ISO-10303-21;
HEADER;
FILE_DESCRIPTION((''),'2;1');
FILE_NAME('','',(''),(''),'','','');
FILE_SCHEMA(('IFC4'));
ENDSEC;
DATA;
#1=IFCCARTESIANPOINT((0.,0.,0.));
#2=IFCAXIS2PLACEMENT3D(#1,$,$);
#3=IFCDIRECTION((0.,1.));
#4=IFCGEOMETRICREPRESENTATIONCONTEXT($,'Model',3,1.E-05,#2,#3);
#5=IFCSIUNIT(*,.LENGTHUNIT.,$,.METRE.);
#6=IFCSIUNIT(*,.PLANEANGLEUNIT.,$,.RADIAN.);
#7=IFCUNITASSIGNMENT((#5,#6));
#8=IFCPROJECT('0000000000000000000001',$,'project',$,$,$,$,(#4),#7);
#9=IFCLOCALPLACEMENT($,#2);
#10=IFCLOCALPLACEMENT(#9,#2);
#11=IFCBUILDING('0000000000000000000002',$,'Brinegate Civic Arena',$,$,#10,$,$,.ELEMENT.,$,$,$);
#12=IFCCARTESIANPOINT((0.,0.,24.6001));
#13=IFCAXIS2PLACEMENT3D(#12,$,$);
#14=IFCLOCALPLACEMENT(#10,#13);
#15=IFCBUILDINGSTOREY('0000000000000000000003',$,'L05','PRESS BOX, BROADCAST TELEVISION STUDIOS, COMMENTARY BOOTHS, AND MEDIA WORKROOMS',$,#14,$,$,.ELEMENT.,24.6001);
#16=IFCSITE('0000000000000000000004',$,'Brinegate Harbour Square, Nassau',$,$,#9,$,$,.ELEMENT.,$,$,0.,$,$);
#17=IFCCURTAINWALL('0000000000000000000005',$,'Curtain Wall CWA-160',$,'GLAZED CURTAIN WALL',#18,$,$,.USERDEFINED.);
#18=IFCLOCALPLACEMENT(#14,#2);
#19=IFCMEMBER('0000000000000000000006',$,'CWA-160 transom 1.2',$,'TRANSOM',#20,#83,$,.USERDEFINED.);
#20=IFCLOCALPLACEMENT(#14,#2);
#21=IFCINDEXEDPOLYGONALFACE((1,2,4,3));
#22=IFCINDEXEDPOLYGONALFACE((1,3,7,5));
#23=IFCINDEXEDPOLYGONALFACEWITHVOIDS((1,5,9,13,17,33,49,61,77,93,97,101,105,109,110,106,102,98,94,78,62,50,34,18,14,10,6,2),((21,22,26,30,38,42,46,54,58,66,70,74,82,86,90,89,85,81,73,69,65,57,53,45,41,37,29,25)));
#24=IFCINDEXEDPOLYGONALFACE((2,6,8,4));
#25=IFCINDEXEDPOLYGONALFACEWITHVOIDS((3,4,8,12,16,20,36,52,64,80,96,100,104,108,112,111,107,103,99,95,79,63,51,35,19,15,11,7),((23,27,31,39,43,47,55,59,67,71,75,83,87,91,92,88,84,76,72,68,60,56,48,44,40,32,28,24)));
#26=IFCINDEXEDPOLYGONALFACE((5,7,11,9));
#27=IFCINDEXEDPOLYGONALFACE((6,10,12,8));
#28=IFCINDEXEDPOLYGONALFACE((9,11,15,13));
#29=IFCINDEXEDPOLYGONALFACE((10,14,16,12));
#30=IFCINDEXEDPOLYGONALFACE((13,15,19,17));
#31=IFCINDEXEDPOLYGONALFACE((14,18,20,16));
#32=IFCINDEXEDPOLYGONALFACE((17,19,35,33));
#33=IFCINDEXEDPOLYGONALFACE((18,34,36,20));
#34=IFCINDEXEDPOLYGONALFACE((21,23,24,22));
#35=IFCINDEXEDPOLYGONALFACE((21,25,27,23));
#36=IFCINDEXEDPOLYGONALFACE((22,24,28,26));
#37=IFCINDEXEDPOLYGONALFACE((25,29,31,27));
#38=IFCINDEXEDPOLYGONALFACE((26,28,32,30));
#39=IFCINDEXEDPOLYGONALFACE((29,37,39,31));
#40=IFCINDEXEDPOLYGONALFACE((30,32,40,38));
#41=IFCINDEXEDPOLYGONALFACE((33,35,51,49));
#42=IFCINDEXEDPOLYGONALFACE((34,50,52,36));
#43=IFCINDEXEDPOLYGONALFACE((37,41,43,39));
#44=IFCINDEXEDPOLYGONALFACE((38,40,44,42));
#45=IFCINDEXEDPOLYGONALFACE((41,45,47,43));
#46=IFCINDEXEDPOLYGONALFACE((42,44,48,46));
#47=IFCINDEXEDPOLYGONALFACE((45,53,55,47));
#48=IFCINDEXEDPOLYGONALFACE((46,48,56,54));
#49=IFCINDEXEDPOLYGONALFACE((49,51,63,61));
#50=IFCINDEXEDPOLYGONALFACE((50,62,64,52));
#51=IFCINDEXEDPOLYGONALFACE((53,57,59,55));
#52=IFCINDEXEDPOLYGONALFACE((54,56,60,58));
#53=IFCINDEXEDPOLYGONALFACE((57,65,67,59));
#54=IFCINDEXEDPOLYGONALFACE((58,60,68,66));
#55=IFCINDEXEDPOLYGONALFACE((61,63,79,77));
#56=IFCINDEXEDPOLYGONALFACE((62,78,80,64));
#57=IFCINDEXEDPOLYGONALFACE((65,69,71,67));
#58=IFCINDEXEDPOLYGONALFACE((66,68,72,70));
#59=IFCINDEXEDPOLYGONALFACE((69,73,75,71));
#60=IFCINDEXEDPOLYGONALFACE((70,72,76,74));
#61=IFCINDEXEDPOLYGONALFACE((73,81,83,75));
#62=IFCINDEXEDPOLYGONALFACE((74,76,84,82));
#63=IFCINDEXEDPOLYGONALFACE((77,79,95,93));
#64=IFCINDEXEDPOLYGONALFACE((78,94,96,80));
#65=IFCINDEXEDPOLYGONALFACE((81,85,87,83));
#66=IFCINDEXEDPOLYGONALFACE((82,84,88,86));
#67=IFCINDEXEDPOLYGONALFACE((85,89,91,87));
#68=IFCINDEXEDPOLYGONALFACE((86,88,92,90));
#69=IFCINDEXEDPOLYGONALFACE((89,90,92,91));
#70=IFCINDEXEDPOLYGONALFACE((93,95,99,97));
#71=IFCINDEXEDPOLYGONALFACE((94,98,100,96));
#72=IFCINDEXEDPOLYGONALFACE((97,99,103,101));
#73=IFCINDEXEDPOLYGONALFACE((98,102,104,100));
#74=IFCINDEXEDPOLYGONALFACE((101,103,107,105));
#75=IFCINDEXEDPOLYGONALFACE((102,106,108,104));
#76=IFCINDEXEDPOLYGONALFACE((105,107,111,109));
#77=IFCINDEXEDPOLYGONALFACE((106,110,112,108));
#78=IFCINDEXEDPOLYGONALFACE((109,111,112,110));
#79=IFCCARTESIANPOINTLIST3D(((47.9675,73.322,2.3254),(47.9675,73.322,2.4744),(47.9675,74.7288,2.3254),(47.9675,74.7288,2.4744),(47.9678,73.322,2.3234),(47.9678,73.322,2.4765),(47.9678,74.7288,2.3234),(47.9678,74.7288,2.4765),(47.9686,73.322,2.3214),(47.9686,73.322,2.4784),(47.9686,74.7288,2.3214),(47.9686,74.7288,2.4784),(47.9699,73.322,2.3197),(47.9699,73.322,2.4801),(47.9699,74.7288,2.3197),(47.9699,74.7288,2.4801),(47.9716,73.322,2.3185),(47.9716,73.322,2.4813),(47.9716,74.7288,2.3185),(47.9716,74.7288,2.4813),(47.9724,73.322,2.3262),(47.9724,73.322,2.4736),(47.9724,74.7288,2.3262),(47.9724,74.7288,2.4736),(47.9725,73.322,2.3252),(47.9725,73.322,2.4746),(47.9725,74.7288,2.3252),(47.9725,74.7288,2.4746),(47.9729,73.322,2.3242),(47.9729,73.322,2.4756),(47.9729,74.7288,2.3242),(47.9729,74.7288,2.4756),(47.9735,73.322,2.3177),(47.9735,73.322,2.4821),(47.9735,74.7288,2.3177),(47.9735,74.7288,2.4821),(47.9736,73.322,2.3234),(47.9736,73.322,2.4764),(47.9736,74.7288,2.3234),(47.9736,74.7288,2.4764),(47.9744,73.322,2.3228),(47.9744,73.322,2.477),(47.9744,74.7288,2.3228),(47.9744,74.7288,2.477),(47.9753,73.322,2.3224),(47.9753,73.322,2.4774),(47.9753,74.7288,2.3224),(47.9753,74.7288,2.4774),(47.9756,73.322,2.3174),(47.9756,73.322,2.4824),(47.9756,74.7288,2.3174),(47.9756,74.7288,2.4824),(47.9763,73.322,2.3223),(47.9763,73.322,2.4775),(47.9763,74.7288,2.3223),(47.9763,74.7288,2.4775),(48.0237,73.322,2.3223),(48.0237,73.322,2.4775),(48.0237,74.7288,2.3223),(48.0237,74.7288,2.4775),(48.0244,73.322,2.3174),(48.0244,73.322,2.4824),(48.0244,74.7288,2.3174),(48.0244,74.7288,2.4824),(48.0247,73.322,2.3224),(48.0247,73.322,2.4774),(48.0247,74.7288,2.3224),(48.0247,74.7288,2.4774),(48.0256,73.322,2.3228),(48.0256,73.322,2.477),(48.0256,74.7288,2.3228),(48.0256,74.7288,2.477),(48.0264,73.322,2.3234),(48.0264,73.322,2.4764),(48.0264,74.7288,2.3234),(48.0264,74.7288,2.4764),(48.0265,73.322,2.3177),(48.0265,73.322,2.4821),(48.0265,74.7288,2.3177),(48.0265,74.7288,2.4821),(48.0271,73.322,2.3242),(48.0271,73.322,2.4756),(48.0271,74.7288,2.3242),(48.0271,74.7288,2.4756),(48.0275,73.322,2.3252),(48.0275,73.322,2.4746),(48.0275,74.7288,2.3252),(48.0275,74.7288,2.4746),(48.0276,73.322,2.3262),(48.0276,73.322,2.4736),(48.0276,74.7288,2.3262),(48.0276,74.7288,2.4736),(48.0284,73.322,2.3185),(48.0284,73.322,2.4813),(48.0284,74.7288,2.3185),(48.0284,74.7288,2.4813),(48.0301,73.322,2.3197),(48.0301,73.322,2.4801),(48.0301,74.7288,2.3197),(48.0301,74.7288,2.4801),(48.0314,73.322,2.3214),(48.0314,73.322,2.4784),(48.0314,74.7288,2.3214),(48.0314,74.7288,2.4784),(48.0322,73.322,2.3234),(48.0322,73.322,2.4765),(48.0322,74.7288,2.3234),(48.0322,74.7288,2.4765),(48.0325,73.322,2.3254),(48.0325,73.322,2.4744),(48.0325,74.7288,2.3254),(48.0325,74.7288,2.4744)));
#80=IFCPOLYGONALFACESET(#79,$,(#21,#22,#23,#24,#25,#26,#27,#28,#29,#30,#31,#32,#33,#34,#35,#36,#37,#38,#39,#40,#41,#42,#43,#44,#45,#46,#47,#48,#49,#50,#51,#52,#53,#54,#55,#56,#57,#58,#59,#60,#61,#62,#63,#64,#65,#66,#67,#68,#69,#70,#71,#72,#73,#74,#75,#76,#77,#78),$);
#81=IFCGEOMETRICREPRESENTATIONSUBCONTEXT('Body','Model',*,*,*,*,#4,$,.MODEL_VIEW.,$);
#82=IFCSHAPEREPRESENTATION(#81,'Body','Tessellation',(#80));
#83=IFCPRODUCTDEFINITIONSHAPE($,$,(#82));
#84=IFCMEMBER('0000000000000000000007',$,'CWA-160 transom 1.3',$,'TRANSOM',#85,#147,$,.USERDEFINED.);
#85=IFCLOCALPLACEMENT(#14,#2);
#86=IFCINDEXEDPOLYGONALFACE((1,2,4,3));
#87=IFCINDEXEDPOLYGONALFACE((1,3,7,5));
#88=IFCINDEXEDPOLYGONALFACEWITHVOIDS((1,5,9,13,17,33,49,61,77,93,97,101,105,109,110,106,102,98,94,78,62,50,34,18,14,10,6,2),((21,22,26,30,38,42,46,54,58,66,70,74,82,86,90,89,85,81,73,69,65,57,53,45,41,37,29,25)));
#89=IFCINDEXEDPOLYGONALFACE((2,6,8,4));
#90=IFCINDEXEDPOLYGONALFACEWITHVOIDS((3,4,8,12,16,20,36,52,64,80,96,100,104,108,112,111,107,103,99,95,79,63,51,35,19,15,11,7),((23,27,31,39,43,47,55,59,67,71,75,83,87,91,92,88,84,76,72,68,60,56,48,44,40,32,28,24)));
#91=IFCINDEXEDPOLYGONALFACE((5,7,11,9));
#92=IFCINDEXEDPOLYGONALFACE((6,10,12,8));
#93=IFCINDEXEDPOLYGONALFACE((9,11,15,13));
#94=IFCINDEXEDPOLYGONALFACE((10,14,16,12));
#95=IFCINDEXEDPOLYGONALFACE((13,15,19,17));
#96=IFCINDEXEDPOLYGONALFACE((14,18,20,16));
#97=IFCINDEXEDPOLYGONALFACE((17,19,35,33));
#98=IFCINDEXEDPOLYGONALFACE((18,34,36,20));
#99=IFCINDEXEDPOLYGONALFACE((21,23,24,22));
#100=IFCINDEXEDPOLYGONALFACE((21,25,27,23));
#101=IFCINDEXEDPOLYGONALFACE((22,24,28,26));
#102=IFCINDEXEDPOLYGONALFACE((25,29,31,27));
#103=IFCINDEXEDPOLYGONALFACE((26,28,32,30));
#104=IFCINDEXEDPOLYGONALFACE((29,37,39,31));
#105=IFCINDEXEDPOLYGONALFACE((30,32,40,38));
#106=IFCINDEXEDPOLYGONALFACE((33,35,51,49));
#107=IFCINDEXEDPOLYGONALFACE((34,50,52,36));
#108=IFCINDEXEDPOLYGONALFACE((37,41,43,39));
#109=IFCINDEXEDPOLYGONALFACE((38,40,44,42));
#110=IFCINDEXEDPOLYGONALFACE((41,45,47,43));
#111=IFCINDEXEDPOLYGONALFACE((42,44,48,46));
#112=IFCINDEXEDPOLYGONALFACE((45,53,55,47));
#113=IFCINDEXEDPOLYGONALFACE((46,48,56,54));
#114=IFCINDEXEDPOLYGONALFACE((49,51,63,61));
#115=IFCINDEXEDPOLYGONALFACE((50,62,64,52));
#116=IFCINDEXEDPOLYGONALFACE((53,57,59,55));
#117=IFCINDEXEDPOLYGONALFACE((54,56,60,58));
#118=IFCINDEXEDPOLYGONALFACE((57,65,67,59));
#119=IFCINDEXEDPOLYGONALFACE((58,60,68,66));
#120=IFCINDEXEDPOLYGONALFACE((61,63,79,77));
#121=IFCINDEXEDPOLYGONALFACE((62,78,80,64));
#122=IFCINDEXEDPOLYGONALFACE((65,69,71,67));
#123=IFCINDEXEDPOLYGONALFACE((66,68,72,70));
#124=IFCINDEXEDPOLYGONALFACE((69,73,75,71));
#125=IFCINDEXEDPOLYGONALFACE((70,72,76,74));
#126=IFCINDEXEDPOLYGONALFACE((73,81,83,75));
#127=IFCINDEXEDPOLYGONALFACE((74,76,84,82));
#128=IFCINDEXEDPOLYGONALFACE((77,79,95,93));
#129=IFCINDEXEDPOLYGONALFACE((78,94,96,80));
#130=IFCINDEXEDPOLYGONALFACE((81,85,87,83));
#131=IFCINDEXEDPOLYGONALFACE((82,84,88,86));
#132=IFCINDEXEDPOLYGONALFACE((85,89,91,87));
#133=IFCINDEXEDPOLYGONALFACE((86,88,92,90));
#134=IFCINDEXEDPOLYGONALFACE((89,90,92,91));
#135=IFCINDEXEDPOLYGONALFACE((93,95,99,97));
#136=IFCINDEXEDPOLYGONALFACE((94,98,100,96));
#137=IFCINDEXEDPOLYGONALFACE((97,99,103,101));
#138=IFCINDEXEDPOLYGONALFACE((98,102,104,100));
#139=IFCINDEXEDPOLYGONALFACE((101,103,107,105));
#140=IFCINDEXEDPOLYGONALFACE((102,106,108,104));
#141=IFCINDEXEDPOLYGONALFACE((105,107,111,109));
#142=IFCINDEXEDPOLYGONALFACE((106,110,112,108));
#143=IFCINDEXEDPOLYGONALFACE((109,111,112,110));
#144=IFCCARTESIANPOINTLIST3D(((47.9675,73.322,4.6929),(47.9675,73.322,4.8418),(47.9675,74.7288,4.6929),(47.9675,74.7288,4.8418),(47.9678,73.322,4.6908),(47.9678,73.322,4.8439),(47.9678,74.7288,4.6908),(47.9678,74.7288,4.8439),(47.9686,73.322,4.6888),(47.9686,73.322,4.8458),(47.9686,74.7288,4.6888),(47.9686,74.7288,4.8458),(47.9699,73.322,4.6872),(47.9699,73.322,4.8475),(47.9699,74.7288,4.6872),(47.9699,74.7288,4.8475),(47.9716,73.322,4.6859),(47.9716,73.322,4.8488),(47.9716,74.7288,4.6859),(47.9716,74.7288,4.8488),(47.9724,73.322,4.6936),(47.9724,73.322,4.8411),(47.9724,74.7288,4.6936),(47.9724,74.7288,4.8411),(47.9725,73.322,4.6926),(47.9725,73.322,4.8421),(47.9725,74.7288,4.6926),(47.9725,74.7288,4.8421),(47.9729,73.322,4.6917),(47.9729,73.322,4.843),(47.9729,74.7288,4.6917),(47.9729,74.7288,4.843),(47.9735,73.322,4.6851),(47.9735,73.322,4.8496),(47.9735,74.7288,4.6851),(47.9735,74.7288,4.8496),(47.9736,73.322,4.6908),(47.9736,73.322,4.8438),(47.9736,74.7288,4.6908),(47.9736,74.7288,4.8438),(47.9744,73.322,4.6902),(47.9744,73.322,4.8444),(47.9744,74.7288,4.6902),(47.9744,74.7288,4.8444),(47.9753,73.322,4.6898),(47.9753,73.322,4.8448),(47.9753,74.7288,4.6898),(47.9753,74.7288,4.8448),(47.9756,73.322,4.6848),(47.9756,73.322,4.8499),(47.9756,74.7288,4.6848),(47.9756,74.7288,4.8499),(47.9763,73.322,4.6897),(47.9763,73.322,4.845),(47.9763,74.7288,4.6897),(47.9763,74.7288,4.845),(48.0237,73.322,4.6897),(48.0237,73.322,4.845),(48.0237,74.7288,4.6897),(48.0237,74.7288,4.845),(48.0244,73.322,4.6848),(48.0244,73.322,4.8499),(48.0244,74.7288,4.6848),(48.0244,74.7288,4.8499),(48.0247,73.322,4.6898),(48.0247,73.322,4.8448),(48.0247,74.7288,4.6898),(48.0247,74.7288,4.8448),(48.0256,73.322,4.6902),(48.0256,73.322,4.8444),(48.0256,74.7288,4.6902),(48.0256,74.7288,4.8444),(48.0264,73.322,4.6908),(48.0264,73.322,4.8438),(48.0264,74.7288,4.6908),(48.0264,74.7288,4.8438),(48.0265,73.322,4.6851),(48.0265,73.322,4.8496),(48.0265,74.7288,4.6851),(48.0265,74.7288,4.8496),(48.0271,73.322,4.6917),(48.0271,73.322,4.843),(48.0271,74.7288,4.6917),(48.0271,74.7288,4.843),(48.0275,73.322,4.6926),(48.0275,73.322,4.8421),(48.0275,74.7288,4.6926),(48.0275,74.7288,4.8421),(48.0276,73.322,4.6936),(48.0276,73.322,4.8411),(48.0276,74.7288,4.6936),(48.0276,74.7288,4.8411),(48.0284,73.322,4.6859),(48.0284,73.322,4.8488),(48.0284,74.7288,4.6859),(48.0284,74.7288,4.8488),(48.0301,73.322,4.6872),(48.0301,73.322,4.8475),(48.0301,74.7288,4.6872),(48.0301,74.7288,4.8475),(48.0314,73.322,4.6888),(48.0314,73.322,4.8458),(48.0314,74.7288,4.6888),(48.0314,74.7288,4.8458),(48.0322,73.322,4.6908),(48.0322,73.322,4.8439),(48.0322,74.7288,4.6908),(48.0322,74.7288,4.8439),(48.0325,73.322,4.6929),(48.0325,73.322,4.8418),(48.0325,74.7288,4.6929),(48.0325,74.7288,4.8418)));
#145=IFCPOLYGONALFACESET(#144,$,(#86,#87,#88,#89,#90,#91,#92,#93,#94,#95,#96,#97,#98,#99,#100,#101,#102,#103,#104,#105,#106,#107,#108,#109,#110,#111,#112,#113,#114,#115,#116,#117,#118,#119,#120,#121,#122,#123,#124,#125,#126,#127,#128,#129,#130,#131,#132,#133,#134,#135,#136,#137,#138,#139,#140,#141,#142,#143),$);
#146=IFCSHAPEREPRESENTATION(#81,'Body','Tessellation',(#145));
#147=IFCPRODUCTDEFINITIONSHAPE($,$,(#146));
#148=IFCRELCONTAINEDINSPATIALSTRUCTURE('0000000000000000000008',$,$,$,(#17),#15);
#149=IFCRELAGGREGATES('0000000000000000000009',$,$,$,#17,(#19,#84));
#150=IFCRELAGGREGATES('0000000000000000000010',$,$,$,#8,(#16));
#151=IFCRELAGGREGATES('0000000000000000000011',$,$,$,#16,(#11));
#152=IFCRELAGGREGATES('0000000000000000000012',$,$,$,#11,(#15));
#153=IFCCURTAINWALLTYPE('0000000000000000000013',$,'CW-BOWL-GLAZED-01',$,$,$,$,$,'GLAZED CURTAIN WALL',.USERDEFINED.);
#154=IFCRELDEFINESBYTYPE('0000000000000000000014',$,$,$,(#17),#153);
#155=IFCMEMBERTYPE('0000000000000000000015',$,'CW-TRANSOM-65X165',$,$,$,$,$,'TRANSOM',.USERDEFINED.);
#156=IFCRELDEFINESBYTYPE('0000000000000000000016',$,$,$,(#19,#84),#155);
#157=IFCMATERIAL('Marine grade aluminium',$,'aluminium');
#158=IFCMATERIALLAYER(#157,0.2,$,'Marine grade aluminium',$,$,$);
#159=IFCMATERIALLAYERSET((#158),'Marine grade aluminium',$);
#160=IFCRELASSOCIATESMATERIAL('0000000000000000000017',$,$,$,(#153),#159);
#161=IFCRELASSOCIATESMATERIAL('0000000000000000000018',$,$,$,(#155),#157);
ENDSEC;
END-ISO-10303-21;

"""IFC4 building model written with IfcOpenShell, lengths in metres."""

from ifc_helpers import new_model, si_unit, direction, frame, origin, origin_2d, place, context, subcontext, project, spatial, hollow_rectangle, extrude, material, layer, layer_set, material_profile, profile_set, type_object, element, aggregate, save


model = new_model("IFC4")

# Units and contexts
model_context = context("Model", 3, precision=1e-05, world=origin(), true_north=direction((0.0, 1.0)))
body_context = subcontext(model_context, "Body", "Model", "MODEL_VIEW")
ifc_project = project(units=[si_unit("LENGTHUNIT", "METRE"), si_unit("PLANEANGLEUNIT", "RADIAN")], contexts=[model_context])

# Site, building, storey
site_placement = place(None, origin())
site = spatial("IfcSite", under=ifc_project, at=site_placement, Name="Brinegate Harbour Square, Nassau", CompositionType="ELEMENT", RefElevation=0.0)
building_placement = place(site_placement, origin())
building = spatial("IfcBuilding", under=site, at=building_placement, Name="Brinegate Civic Arena", CompositionType="ELEMENT")
storey_placement = place(building_placement, frame((0.0, 0.0, 24.6001)))
storey = spatial("IfcBuildingStorey", under=building, at=storey_placement, Name="L05", Description="PRESS BOX, BROADCAST TELEVISION STUDIOS, COMMENTARY BOOTHS, AND MEDIA WORKROOMS", CompositionType="ELEMENT", Elevation=24.6001)

# Curtain wall
ifc_material_1 = material(Name="Marine grade aluminium", Category="aluminium")
ifc_layer_1 = layer(ifc_material_1, 0.2, Name="Marine grade aluminium")
ifc_layer_set_1 = layer_set([ifc_layer_1], Name="Marine grade aluminium")
curtain_wall_type = type_object("IfcCurtainWallType", Name="CW-BOWL-GLAZED-01", ElementType="GLAZED CURTAIN WALL", PredefinedType="USERDEFINED", material=ifc_layer_set_1)
curtain_wall_1_placement = place(storey_placement, origin())
curtain_wall_1 = element("IfcCurtainWall", 1, at=curtain_wall_1_placement, inside=storey, type_object=curtain_wall_type, Name="Curtain Wall CWA-160", ObjectType="GLAZED CURTAIN WALL", PredefinedType="USERDEFINED")

# Members
ifc_material_profile_1 = material_profile(ifc_material_1, hollow_rectangle(XDim=0.0649, YDim=0.165, WallThickness=0.0049, InnerFilletRadius=0.0039, OuterFilletRadius=0.0081, at=origin_2d()), Name="TRN65X165")
ifc_profile_set_1 = profile_set([ifc_material_profile_1], Name="Marine grade aluminium")
member_type_1 = type_object("IfcMemberType", Name="CW-TRANSOM-65X165", ElementType="TRANSOM", PredefinedType="USERDEFINED", material=ifc_profile_set_1)
member_1_placement = place(storey_placement, frame((48.0, 73.322, 2.3999), z_axis=(0.0, 1.0, 0.0), x_axis=(-1.0, 0.0, 0.0)))
member_1 = element("IfcMember", 2, at=member_1_placement, type_object=member_type_1, Name="CWA-160 transom 1.2", ObjectType="TRANSOM", PredefinedType="USERDEFINED", context=body_context, shape_type="SweptSolid", body=[
    extrude(hollow_rectangle(XDim=0.0649, YDim=0.165, WallThickness=0.0049, InnerFilletRadius=0.0039, OuterFilletRadius=0.0081, at=origin_2d()), origin(), (0.0, 0.0, 1.0), 1.4067),
])
member_2_placement = place(storey_placement, frame((48.0, 73.322, 4.7673), z_axis=(0.0, 1.0, 0.0), x_axis=(-1.0, 0.0, 0.0)))
member_2 = element("IfcMember", 3, at=member_2_placement, type_object=member_type_1, Name="CWA-160 transom 1.3", ObjectType="TRANSOM", PredefinedType="USERDEFINED", context=body_context, shape_type="SweptSolid", body=[
    extrude(hollow_rectangle(XDim=0.0649, YDim=0.165, WallThickness=0.0049, InnerFilletRadius=0.0039, OuterFilletRadius=0.0081, at=origin_2d()), origin(), (0.0, 0.0, 1.0), 1.4067),
])

aggregate(curtain_wall_1, [member_1, member_2])

save(model, "model.ifc")
